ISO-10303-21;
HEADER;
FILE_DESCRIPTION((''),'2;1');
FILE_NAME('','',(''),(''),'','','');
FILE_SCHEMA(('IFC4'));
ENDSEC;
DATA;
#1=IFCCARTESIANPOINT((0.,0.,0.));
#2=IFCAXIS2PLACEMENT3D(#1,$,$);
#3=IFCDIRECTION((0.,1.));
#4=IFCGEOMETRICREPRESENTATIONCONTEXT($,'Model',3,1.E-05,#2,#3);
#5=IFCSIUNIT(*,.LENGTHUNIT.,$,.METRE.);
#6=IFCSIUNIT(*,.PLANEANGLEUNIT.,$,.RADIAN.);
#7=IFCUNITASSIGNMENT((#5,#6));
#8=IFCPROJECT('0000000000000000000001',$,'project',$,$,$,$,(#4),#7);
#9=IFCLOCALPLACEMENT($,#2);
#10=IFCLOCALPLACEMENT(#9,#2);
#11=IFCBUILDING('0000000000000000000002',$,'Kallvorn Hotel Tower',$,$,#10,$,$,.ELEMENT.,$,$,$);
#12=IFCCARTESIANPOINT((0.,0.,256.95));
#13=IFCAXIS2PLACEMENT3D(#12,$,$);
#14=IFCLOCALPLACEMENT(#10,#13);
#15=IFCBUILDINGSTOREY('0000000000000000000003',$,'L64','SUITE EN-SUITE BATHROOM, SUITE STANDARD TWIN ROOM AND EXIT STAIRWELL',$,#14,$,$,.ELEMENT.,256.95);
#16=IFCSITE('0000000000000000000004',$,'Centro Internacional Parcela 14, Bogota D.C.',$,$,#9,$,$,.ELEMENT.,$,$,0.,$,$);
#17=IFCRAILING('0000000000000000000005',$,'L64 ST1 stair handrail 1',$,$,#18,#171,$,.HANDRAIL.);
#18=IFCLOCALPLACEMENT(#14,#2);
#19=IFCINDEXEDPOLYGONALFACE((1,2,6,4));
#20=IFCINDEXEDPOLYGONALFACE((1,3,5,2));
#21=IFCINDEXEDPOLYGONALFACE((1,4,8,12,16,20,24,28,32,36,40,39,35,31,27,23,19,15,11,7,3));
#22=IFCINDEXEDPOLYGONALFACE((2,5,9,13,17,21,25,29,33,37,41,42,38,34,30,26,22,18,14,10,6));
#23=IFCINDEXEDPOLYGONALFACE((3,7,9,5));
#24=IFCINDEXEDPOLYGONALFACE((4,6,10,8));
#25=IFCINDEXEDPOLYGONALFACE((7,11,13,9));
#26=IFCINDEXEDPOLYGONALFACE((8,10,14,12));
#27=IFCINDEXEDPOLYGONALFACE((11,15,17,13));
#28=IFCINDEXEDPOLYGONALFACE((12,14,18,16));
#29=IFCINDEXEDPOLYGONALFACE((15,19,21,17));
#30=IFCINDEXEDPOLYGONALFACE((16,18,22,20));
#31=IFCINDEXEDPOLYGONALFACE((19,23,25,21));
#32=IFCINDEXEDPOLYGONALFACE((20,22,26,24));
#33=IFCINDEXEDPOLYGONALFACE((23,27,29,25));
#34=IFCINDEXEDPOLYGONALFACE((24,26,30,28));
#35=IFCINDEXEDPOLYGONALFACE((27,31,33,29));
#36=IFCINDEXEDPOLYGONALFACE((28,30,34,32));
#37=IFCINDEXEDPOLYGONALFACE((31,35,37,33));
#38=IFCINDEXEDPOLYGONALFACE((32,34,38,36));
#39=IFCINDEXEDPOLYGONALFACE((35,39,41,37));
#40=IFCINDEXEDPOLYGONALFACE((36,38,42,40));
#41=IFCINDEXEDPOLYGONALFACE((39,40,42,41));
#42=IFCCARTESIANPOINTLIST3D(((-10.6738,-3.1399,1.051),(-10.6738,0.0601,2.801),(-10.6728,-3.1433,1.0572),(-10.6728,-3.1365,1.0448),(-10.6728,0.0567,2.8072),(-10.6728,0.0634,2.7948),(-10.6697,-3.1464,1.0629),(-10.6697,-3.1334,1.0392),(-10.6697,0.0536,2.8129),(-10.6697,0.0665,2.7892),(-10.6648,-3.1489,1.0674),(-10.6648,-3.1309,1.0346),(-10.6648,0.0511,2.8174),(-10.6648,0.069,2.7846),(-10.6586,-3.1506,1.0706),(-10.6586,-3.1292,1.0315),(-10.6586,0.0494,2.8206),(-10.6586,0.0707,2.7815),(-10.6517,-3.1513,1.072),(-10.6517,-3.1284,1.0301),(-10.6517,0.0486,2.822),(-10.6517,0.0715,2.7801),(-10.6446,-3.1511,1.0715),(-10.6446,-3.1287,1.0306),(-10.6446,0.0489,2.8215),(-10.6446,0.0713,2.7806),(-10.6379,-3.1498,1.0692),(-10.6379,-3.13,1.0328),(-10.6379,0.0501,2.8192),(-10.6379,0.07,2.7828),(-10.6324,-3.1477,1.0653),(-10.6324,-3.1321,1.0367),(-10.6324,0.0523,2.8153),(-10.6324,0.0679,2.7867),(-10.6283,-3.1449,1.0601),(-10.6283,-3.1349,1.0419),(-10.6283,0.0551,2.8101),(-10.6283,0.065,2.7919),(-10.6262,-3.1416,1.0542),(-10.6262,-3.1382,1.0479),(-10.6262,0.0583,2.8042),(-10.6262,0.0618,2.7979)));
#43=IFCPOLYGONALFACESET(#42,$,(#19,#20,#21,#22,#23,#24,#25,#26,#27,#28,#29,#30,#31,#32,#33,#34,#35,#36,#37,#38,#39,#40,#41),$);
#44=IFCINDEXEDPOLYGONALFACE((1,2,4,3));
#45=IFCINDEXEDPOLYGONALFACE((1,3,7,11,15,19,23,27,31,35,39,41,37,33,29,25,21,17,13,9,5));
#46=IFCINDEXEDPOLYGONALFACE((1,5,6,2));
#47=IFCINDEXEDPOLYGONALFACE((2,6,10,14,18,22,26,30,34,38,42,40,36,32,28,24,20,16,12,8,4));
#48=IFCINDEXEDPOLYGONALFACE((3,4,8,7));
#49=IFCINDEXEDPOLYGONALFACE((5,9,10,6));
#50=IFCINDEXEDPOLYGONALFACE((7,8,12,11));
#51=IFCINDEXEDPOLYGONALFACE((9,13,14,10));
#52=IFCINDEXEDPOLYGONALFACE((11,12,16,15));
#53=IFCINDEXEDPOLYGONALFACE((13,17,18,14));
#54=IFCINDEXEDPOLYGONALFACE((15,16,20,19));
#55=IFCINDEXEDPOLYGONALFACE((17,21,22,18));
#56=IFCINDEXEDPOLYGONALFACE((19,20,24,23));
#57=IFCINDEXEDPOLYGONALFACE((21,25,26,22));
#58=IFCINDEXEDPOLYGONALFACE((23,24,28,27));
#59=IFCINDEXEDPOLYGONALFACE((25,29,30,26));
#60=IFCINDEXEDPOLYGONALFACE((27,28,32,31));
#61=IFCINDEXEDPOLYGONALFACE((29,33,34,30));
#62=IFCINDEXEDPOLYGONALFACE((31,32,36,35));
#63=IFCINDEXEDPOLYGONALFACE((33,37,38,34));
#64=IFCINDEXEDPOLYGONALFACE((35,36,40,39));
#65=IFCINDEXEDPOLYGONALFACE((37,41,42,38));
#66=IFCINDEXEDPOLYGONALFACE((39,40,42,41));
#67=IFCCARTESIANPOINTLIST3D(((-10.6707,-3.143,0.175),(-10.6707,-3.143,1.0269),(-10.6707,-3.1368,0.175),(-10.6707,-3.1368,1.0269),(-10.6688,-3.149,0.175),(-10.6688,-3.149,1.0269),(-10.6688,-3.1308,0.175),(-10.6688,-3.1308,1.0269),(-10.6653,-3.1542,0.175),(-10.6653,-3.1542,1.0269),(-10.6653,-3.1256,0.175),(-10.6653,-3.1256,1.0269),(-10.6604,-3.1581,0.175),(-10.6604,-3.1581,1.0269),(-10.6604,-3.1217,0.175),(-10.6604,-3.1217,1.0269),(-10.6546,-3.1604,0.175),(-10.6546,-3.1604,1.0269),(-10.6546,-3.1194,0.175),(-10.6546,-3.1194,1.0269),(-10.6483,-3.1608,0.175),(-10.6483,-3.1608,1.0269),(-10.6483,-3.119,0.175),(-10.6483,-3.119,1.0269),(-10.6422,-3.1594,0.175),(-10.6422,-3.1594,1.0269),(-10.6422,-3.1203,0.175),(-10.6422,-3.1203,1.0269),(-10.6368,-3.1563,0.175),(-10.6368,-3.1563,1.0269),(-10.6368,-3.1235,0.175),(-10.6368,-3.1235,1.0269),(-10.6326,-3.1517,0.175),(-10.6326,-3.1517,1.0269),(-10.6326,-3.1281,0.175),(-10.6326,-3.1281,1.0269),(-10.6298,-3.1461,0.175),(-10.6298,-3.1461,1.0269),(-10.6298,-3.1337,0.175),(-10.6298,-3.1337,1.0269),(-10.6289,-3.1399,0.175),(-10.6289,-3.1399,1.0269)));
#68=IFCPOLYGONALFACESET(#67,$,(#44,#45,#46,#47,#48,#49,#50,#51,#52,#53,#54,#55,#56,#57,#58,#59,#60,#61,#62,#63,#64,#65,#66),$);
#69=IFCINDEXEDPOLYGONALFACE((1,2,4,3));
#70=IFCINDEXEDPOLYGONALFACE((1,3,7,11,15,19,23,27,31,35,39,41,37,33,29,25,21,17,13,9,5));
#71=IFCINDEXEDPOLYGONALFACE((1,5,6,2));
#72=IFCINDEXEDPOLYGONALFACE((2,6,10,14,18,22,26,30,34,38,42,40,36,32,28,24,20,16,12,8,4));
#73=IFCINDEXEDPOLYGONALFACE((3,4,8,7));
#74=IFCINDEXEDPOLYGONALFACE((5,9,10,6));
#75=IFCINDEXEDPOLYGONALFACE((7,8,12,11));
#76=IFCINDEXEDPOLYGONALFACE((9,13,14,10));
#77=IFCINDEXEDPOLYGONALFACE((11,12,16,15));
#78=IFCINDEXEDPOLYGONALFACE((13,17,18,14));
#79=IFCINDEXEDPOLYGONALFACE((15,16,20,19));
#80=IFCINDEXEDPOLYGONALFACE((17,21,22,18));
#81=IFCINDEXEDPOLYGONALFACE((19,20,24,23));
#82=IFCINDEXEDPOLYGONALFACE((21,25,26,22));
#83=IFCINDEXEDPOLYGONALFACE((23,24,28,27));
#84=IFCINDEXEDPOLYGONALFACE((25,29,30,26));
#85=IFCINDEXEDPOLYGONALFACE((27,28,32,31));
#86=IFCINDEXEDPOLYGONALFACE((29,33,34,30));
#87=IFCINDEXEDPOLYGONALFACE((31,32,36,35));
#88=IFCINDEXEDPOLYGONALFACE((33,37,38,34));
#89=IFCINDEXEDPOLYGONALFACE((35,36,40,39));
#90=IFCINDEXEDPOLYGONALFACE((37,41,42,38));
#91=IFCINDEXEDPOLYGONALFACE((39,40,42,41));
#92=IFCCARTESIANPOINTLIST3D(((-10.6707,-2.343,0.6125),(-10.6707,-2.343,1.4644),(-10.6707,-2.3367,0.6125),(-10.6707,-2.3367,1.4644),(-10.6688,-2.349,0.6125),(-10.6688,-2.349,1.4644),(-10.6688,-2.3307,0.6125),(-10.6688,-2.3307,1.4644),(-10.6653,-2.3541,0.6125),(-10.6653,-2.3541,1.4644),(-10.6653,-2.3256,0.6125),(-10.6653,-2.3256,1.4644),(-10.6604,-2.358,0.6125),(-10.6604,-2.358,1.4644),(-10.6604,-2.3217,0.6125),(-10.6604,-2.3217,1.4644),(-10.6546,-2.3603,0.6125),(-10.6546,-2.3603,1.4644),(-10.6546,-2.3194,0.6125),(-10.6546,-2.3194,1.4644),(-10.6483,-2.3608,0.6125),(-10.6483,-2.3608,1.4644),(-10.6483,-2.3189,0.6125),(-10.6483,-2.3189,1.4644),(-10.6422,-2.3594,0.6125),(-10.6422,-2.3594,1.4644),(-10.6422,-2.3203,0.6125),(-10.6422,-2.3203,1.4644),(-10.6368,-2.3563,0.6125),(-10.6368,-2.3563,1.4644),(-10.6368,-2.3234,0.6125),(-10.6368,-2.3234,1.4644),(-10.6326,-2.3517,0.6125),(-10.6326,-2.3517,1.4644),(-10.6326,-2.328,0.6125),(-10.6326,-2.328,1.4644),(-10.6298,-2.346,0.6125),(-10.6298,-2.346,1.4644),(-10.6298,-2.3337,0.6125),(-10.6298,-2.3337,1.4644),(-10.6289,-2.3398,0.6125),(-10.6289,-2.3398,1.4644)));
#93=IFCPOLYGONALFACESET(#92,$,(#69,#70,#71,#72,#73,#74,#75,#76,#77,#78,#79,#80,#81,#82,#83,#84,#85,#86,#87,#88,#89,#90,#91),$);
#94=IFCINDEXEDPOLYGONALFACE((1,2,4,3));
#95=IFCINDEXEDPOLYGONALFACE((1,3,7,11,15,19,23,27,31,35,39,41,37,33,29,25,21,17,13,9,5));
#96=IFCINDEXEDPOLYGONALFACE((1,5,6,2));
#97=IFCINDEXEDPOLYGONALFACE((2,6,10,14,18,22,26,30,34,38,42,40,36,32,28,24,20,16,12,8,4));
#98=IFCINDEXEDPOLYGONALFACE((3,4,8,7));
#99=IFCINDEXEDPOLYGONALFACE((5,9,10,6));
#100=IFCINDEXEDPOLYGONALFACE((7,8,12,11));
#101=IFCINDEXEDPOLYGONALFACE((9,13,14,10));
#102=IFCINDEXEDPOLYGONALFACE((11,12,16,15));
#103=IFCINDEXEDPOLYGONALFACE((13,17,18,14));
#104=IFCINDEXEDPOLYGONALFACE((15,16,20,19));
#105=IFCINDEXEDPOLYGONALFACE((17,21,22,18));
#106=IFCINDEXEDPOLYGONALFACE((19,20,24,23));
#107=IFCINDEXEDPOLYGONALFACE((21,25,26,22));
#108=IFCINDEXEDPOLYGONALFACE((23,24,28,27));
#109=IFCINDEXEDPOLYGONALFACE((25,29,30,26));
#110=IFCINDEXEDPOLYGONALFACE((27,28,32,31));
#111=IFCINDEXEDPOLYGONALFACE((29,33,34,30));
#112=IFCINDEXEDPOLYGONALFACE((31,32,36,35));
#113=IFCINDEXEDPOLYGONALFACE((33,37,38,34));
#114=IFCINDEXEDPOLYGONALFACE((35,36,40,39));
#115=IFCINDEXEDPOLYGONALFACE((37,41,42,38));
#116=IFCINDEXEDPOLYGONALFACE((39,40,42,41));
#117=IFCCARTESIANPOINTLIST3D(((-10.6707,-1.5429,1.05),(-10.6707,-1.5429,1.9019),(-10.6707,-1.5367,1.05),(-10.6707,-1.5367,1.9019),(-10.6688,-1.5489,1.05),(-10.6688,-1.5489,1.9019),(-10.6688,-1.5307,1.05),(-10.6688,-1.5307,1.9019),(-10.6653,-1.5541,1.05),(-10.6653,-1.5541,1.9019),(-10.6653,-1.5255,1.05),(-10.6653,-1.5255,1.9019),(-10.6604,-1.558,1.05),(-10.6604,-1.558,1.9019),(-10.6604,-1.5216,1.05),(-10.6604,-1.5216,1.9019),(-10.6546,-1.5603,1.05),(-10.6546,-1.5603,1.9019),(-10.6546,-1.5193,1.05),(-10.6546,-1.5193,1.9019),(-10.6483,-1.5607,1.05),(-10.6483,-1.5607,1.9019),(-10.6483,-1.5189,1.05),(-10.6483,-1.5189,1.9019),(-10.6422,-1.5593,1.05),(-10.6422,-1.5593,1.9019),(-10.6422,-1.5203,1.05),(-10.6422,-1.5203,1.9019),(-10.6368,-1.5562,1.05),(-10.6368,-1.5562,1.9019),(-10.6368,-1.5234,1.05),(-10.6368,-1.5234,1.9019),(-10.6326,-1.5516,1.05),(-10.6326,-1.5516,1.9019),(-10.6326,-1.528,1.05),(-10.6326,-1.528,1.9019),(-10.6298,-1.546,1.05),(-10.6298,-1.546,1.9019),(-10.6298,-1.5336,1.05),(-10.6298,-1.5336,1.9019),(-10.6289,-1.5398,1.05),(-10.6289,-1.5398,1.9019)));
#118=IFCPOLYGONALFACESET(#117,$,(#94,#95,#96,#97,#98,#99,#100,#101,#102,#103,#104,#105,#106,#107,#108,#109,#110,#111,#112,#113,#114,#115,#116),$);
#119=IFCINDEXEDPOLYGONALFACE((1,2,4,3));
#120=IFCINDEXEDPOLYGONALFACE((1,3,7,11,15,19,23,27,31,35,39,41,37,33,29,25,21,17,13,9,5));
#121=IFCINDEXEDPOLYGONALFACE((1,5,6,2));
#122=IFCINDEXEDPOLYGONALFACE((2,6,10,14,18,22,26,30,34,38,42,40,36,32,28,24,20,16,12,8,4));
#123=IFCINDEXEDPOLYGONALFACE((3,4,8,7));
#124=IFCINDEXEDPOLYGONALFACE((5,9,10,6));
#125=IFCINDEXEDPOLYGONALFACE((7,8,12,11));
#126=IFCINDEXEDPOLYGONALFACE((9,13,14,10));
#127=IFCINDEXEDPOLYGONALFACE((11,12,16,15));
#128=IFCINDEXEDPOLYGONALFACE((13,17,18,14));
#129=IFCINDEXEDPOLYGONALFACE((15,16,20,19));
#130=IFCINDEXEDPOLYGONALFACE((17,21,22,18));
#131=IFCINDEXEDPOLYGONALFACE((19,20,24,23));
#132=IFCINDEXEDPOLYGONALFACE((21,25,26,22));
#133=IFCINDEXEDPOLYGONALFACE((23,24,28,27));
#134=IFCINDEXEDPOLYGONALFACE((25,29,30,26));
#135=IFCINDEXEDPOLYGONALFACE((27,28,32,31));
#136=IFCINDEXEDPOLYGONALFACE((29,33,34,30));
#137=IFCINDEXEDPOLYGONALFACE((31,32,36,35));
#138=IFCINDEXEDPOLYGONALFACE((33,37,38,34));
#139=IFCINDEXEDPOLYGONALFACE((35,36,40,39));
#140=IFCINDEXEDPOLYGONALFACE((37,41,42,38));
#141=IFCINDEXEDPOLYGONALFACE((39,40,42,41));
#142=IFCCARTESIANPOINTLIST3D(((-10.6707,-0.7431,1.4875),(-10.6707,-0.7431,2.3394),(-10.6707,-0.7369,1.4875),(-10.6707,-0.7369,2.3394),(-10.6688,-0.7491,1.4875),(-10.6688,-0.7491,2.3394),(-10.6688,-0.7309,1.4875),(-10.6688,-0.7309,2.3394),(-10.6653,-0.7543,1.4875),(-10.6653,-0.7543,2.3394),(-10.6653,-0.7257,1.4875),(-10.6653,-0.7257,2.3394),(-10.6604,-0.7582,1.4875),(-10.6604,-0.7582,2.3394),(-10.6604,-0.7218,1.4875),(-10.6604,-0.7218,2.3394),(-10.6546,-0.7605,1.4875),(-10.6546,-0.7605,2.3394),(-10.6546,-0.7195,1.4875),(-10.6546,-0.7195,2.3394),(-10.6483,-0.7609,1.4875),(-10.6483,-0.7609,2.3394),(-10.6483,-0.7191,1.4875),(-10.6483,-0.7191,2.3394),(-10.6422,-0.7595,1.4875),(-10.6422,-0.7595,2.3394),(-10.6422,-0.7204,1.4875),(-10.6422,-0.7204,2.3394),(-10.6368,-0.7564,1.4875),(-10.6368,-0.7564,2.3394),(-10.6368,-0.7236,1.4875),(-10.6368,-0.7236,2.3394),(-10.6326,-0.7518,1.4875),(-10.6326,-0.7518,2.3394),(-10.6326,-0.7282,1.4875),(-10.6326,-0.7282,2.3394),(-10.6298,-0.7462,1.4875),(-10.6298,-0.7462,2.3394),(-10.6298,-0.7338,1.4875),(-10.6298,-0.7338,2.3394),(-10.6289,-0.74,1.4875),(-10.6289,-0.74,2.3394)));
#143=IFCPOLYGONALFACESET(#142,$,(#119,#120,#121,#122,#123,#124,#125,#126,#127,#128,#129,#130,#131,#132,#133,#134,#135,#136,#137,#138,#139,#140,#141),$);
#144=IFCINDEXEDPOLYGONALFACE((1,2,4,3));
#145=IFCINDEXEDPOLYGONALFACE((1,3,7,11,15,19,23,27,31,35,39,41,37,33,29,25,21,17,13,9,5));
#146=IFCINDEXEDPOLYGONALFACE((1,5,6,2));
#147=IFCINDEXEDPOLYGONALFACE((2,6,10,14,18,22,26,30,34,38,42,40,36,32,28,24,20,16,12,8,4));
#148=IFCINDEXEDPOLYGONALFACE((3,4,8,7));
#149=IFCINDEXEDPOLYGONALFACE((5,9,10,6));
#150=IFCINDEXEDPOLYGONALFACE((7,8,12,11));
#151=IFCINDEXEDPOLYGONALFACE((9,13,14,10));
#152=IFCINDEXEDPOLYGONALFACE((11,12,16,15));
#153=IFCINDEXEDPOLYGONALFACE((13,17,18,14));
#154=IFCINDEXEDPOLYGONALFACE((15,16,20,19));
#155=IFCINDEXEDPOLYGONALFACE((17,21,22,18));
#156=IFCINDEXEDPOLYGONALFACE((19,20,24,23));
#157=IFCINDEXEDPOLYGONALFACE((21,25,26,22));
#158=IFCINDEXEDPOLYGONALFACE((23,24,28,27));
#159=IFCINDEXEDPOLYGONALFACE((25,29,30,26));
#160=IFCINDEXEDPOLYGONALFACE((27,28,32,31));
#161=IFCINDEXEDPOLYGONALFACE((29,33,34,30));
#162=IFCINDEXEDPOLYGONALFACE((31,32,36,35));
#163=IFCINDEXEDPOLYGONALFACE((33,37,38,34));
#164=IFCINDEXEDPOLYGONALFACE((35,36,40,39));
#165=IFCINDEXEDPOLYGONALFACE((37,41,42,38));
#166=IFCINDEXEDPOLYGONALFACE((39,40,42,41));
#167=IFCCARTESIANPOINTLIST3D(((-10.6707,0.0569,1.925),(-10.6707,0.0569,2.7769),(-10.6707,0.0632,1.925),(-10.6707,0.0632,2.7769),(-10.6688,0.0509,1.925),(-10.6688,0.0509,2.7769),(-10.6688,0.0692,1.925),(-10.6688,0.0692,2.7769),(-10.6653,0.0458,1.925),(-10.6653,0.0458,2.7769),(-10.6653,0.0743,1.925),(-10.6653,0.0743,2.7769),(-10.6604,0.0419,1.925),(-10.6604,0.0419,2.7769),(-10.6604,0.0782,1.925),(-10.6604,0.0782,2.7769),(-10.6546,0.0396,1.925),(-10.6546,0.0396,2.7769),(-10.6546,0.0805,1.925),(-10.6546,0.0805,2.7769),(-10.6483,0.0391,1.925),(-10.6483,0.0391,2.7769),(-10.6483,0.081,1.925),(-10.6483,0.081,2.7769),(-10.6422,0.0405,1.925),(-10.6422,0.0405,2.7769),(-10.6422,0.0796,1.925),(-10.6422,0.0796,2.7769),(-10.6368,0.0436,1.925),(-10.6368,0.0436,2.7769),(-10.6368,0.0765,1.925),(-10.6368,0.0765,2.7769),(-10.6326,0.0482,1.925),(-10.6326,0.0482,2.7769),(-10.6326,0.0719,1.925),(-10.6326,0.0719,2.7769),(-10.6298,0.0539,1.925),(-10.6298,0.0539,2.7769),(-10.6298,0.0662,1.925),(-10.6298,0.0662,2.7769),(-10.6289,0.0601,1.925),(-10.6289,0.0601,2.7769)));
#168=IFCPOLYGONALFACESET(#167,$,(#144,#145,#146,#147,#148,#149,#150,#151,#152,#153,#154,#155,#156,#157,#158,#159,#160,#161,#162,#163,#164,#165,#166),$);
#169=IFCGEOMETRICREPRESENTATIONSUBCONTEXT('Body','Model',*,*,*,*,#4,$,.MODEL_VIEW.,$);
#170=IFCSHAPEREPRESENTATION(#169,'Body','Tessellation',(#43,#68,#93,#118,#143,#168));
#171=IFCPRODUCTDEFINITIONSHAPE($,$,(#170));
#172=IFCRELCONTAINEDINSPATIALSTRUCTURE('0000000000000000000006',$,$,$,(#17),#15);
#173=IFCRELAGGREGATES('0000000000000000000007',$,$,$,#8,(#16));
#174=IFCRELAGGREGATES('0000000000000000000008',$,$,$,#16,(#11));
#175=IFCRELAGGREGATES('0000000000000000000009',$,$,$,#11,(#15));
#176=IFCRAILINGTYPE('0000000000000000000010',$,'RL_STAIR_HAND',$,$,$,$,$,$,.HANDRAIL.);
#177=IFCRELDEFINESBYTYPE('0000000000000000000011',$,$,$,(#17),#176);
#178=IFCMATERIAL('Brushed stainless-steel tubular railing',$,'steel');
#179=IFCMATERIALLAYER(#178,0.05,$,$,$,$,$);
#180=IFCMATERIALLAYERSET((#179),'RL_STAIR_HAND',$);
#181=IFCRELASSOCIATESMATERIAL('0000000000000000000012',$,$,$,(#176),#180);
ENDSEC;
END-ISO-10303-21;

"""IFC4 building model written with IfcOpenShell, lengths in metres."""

from ifc_helpers import new_model, si_unit, direction, frame, origin, origin_2d, place, context, subcontext, project, spatial, circle, extrude, material, layer, layer_set, type_object, element, save


model = new_model("IFC4")

# Units and contexts
model_context = context("Model", 3, precision=1e-05, world=origin(), true_north=direction((0.0, 1.0)))
body_context = subcontext(model_context, "Body", "Model", "MODEL_VIEW")
ifc_project = project(units=[si_unit("LENGTHUNIT", "METRE"), si_unit("PLANEANGLEUNIT", "RADIAN")], contexts=[model_context])

# Site, building, storey
site_placement = place(None, origin())
site = spatial("IfcSite", under=ifc_project, at=site_placement, Name="Centro Internacional Parcela 14, Bogota D.C.", CompositionType="ELEMENT", RefElevation=0.0)
building_placement = place(site_placement, origin())
building = spatial("IfcBuilding", under=site, at=building_placement, Name="Kallvorn Hotel Tower", CompositionType="ELEMENT")
storey_placement = place(building_placement, frame((0.0, 0.0, 256.95)))
storey = spatial("IfcBuildingStorey", under=building, at=storey_placement, Name="L64", Description="SUITE EN-SUITE BATHROOM, SUITE STANDARD TWIN ROOM AND EXIT STAIRWELL", CompositionType="ELEMENT", Elevation=256.95)

# Railing
ifc_material_1 = material(Name="Brushed stainless-steel tubular railing", Category="steel")
ifc_layer_1 = layer(ifc_material_1, 0.05)
ifc_layer_set_1 = layer_set([ifc_layer_1], Name="RL_STAIR_HAND")
railing_type_1 = type_object("IfcRailingType", Name="RL_STAIR_HAND", PredefinedType="HANDRAIL", material=ifc_layer_set_1)
railing_1_placement = place(storey_placement, frame((-10.6499, -3.1399, 0.175)))
element("IfcRailing", 1, at=railing_1_placement, inside=storey, type_object=railing_type_1, Name="L64 ST1 stair handrail 1", PredefinedType="HANDRAIL", context=body_context, shape_type="SweptSolid", body=[
    extrude(circle(Radius=0.0239, at=origin_2d()), frame((0.0, 0.0, 0.876), z_axis=(0.0, 0.877368, 0.479818), x_axis=(-1.0, 0.0, 0.0)), (0.0, 0.0, 1.0), 3.6472),
    extrude(circle(Radius=0.021, at=origin_2d()), origin(), (0.0, 0.0, 1.0), 0.8518),
    extrude(circle(Radius=0.021, at=origin_2d()), frame((0.0, 0.8, 0.4375)), (0.0, 0.0, 1.0), 0.8518),
    extrude(circle(Radius=0.021, at=origin_2d()), frame((0.0, 1.6001, 0.875)), (0.0, 0.0, 1.0), 0.8518),
    extrude(circle(Radius=0.021, at=origin_2d()), frame((0.0, 2.3999, 1.3125)), (0.0, 0.0, 1.0), 0.8518),
    extrude(circle(Radius=0.021, at=origin_2d()), frame((0.0, 3.2, 1.75)), (0.0, 0.0, 1.0), 0.8518),
])

save(model, "model.ifc")
